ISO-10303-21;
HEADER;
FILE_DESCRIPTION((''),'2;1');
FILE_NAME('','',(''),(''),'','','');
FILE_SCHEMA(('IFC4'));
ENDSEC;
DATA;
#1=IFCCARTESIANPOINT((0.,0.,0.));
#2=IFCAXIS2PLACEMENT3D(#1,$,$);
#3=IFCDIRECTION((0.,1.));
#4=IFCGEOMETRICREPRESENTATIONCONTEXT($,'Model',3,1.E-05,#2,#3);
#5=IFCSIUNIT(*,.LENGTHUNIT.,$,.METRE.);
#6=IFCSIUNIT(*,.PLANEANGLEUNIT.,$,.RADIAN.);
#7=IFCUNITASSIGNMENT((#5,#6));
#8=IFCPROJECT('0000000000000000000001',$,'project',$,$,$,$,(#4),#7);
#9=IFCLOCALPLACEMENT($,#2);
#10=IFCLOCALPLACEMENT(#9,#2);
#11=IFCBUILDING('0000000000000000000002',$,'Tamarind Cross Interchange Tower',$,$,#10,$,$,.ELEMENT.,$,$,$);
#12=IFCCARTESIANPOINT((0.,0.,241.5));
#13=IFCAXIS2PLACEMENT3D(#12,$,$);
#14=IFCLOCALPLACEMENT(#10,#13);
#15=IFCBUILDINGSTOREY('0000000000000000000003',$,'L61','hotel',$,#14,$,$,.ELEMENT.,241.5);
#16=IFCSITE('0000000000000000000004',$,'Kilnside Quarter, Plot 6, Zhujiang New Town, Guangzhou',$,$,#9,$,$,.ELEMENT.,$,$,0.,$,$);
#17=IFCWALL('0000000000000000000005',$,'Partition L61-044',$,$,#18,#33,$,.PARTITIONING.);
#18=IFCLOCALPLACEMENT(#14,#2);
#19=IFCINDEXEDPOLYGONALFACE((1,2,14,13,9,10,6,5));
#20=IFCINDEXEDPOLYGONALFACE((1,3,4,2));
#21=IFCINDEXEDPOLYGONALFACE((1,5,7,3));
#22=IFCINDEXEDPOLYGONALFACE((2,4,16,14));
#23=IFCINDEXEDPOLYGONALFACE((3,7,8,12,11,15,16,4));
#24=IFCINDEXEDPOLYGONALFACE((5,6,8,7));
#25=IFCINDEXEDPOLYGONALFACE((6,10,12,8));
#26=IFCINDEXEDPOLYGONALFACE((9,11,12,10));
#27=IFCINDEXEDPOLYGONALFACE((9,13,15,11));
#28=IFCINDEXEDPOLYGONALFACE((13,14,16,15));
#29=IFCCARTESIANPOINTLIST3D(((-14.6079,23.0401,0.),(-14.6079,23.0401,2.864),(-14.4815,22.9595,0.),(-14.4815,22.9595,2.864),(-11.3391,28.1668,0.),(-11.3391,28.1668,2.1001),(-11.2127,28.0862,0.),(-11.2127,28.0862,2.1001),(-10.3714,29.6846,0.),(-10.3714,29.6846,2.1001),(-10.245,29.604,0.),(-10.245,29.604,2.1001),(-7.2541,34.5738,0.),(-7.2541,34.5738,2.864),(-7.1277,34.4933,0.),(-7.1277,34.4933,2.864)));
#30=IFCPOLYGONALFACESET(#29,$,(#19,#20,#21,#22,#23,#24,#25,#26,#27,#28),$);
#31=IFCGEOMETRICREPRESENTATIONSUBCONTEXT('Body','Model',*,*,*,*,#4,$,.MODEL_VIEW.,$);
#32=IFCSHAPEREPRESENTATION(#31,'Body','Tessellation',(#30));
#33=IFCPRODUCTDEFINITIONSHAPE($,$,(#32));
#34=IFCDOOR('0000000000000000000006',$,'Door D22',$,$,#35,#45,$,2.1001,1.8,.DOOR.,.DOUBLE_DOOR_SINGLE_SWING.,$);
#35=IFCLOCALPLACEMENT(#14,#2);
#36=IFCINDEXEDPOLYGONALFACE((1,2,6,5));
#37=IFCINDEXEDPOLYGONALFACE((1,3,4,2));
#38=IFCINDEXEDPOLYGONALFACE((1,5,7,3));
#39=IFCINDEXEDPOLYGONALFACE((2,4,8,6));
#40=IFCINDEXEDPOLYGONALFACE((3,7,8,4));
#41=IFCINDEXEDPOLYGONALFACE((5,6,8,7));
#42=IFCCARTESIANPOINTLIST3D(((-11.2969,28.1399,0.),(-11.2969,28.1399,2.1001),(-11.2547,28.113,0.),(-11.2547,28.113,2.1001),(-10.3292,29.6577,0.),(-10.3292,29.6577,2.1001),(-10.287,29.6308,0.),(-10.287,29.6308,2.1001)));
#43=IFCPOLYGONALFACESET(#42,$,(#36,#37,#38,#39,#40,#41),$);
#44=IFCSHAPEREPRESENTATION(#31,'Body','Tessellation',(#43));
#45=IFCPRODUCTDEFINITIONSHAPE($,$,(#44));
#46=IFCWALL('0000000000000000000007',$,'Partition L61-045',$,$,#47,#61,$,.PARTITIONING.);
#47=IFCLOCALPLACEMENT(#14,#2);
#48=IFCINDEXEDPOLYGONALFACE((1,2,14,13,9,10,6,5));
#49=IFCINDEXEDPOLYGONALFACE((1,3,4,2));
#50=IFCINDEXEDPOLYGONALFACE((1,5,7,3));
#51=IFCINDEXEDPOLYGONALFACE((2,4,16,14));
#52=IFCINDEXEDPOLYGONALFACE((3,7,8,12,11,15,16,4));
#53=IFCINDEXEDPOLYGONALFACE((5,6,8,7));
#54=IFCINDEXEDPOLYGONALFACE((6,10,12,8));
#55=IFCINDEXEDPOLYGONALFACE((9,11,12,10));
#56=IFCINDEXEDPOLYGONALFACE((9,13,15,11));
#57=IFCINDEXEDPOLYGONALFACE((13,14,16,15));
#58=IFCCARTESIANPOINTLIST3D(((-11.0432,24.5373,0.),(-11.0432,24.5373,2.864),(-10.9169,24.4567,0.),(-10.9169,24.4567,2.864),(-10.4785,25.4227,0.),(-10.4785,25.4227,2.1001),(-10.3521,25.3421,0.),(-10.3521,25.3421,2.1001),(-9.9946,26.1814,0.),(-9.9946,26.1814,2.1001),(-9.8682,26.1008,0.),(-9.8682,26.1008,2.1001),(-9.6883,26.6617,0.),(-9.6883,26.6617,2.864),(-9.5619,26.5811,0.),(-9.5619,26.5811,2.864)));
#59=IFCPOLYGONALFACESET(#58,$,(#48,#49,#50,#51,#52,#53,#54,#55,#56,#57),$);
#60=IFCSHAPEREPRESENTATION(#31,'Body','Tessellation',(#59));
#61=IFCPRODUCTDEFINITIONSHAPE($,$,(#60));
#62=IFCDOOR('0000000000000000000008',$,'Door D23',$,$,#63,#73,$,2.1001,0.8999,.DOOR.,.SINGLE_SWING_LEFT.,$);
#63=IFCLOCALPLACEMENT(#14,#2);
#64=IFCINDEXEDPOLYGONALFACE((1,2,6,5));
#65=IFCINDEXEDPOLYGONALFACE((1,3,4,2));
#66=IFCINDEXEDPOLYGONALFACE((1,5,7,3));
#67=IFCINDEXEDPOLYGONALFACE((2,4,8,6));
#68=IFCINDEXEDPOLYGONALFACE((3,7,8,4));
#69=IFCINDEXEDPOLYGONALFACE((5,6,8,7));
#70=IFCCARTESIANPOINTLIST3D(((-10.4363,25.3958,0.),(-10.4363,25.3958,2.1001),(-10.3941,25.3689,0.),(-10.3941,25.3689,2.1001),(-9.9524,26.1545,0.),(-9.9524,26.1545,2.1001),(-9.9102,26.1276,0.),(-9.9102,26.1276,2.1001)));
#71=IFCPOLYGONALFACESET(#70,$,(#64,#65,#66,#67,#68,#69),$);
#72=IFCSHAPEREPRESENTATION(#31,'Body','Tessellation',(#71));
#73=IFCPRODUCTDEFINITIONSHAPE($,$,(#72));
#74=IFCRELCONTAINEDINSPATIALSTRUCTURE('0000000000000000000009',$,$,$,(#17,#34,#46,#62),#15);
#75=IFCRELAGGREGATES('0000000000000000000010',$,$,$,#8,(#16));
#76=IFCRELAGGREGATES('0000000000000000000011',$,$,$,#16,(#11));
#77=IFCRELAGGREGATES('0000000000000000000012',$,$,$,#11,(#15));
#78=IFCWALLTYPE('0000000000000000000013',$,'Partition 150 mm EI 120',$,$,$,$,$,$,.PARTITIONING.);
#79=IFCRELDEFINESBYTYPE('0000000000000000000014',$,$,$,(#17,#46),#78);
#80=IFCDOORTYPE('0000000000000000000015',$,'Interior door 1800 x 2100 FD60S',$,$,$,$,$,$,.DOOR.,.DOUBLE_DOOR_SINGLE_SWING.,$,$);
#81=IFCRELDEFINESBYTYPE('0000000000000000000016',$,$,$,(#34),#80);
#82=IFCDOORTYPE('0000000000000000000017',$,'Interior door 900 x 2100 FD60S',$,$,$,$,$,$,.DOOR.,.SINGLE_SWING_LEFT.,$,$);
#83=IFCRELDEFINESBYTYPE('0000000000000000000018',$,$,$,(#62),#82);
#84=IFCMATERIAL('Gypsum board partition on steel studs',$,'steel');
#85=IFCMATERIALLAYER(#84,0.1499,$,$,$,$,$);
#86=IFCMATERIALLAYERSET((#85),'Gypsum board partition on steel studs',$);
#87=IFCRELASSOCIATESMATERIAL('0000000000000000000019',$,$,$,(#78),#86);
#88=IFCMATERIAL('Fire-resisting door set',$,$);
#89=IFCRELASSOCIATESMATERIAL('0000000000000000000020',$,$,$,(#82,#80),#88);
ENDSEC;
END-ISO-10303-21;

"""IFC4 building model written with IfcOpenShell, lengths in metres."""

from ifc_helpers import new_model, si_unit, direction, frame, frame_2d, origin, place, context, subcontext, project, spatial, rectangle, extrude, material, layer, layer_set, type_object, element, fill, save


model = new_model("IFC4")

# Units and contexts
model_context = context("Model", 3, precision=1e-05, world=origin(), true_north=direction((0.0, 1.0)))
body_context = subcontext(model_context, "Body", "Model", "MODEL_VIEW")
ifc_project = project(units=[si_unit("LENGTHUNIT", "METRE"), si_unit("PLANEANGLEUNIT", "RADIAN")], contexts=[model_context])

# Site, building, storey
site_placement = place(None, origin())
site = spatial("IfcSite", under=ifc_project, at=site_placement, Name="Kilnside Quarter, Plot 6, Zhujiang New Town, Guangzhou", CompositionType="ELEMENT", RefElevation=0.0)
building_placement = place(site_placement, origin())
building = spatial("IfcBuilding", under=site, at=building_placement, Name="Tamarind Cross Interchange Tower", CompositionType="ELEMENT")
storey_placement = place(building_placement, frame((0.0, 0.0, 241.5)))
storey = spatial("IfcBuildingStorey", under=building, at=storey_placement, Name="L61", Description="hotel", CompositionType="ELEMENT", Elevation=241.5)

# Shared definitions
ifc_material_1 = material(Name="Gypsum board partition on steel studs", Category="steel")
ifc_layer_1 = layer(ifc_material_1, 0.1499)
ifc_layer_set_1 = layer_set([ifc_layer_1], Name="Gypsum board partition on steel studs")
wall_type = type_object("IfcWallType", Name="Partition 150 mm EI 120", PredefinedType="PARTITIONING", material=ifc_layer_set_1)

# Walls, openings, doors
ifc_material_2 = material(Name="Fire-resisting door set")
door_type_1 = type_object("IfcDoorType", Name="Interior door 900 x 2100 FD60S", OperationType="SINGLE_SWING_LEFT", PredefinedType="DOOR", material=ifc_material_2)
wall_1_placement = place(storey_placement, frame((-14.5447, 22.9998, 0.0), z_axis=(0.0, 0.0, 1.0), x_axis=(0.537611, 0.843193, 0.0)))
wall_1 = element("IfcWall", 1, at=wall_1_placement, inside=storey, type_object=wall_type, Name="Partition L61-044", PredefinedType="PARTITIONING", context=body_context, shape_type="SweptSolid", body=[
    extrude(rectangle(XDim=13.6787, YDim=0.1499, at=frame_2d((6.8394, 0.0))), origin(), (0.0, 0.0, 1.0), 2.864),
])
opening_1_placement = place(wall_1_placement, frame((6.0803, 0.0, 0.0)))
opening_1 = element("IfcOpeningElement", 2, at=opening_1_placement, cuts=wall_1, PredefinedType="OPENING", context=body_context, shape_type="SweptSolid", body=[
    extrude(rectangle(XDim=1.8, YDim=2.1001, at=frame_2d((0.8999, 1.05))), frame((0.0, 0.085, 0.0), z_axis=(0.0, -1.0, 0.0), x_axis=(1.0, 0.0, 0.0)), (0.0, 0.0, 1.0), 0.1699),
])
door_type_2 = type_object("IfcDoorType", Name="Interior door 1800 x 2100 FD60S", OperationType="DOUBLE_DOOR_SINGLE_SWING", PredefinedType="DOOR", material=ifc_material_2)
door_1_placement = place(opening_1_placement, origin())
door_1 = element("IfcDoor", 3, at=door_1_placement, inside=storey, type_object=door_type_2, Name="Door D22", OperationType="DOUBLE_DOOR_SINGLE_SWING", OverallHeight=2.1001, OverallWidth=1.8, PredefinedType="DOOR", context=body_context, shape_type="SweptSolid", body=[
    extrude(rectangle(XDim=1.8, YDim=2.1001, at=frame_2d((0.8999, 1.05))), frame((0.0, 0.0249, 0.0), z_axis=(0.0, -1.0, 0.0), x_axis=(1.0, 0.0, 0.0)), (0.0, 0.0, 1.0), 0.05),
])
fill(opening_1, door_1)
wall_2_placement = place(storey_placement, frame((-10.98, 24.4971, 0.0), z_axis=(0.0, 0.0, 1.0), x_axis=(0.537728, 0.843118, 0.0)))
wall_2 = element("IfcWall", 4, at=wall_2_placement, inside=storey, type_object=wall_type, Name="Partition L61-045", PredefinedType="PARTITIONING", context=body_context, shape_type="SweptSolid", body=[
    extrude(rectangle(XDim=2.5198, YDim=0.1499, at=frame_2d((1.2598, 0.0))), origin(), (0.0, 0.0, 1.0), 2.864),
])
opening_2_placement = place(wall_2_placement, frame((1.05, 0.0, 0.0)))
opening_2 = element("IfcOpeningElement", 5, at=opening_2_placement, cuts=wall_2, PredefinedType="OPENING", context=body_context, shape_type="SweptSolid", body=[
    extrude(rectangle(XDim=0.8999, YDim=2.1001, at=frame_2d((0.45, 1.05))), frame((0.0, 0.085, 0.0), z_axis=(0.0, -1.0, 0.0), x_axis=(1.0, 0.0, 0.0)), (0.0, 0.0, 1.0), 0.1699),
])
door_2_placement = place(opening_2_placement, origin())
door_2 = element("IfcDoor", 6, at=door_2_placement, inside=storey, type_object=door_type_1, Name="Door D23", OperationType="SINGLE_SWING_LEFT", OverallHeight=2.1001, OverallWidth=0.8999, PredefinedType="DOOR", context=body_context, shape_type="SweptSolid", body=[
    extrude(rectangle(XDim=0.8999, YDim=2.1001, at=frame_2d((0.45, 1.05))), frame((0.0, 0.0249, 0.0), z_axis=(0.0, -1.0, 0.0), x_axis=(1.0, 0.0, 0.0)), (0.0, 0.0, 1.0), 0.05),
])
fill(opening_2, door_2)

save(model, "model.ifc")
